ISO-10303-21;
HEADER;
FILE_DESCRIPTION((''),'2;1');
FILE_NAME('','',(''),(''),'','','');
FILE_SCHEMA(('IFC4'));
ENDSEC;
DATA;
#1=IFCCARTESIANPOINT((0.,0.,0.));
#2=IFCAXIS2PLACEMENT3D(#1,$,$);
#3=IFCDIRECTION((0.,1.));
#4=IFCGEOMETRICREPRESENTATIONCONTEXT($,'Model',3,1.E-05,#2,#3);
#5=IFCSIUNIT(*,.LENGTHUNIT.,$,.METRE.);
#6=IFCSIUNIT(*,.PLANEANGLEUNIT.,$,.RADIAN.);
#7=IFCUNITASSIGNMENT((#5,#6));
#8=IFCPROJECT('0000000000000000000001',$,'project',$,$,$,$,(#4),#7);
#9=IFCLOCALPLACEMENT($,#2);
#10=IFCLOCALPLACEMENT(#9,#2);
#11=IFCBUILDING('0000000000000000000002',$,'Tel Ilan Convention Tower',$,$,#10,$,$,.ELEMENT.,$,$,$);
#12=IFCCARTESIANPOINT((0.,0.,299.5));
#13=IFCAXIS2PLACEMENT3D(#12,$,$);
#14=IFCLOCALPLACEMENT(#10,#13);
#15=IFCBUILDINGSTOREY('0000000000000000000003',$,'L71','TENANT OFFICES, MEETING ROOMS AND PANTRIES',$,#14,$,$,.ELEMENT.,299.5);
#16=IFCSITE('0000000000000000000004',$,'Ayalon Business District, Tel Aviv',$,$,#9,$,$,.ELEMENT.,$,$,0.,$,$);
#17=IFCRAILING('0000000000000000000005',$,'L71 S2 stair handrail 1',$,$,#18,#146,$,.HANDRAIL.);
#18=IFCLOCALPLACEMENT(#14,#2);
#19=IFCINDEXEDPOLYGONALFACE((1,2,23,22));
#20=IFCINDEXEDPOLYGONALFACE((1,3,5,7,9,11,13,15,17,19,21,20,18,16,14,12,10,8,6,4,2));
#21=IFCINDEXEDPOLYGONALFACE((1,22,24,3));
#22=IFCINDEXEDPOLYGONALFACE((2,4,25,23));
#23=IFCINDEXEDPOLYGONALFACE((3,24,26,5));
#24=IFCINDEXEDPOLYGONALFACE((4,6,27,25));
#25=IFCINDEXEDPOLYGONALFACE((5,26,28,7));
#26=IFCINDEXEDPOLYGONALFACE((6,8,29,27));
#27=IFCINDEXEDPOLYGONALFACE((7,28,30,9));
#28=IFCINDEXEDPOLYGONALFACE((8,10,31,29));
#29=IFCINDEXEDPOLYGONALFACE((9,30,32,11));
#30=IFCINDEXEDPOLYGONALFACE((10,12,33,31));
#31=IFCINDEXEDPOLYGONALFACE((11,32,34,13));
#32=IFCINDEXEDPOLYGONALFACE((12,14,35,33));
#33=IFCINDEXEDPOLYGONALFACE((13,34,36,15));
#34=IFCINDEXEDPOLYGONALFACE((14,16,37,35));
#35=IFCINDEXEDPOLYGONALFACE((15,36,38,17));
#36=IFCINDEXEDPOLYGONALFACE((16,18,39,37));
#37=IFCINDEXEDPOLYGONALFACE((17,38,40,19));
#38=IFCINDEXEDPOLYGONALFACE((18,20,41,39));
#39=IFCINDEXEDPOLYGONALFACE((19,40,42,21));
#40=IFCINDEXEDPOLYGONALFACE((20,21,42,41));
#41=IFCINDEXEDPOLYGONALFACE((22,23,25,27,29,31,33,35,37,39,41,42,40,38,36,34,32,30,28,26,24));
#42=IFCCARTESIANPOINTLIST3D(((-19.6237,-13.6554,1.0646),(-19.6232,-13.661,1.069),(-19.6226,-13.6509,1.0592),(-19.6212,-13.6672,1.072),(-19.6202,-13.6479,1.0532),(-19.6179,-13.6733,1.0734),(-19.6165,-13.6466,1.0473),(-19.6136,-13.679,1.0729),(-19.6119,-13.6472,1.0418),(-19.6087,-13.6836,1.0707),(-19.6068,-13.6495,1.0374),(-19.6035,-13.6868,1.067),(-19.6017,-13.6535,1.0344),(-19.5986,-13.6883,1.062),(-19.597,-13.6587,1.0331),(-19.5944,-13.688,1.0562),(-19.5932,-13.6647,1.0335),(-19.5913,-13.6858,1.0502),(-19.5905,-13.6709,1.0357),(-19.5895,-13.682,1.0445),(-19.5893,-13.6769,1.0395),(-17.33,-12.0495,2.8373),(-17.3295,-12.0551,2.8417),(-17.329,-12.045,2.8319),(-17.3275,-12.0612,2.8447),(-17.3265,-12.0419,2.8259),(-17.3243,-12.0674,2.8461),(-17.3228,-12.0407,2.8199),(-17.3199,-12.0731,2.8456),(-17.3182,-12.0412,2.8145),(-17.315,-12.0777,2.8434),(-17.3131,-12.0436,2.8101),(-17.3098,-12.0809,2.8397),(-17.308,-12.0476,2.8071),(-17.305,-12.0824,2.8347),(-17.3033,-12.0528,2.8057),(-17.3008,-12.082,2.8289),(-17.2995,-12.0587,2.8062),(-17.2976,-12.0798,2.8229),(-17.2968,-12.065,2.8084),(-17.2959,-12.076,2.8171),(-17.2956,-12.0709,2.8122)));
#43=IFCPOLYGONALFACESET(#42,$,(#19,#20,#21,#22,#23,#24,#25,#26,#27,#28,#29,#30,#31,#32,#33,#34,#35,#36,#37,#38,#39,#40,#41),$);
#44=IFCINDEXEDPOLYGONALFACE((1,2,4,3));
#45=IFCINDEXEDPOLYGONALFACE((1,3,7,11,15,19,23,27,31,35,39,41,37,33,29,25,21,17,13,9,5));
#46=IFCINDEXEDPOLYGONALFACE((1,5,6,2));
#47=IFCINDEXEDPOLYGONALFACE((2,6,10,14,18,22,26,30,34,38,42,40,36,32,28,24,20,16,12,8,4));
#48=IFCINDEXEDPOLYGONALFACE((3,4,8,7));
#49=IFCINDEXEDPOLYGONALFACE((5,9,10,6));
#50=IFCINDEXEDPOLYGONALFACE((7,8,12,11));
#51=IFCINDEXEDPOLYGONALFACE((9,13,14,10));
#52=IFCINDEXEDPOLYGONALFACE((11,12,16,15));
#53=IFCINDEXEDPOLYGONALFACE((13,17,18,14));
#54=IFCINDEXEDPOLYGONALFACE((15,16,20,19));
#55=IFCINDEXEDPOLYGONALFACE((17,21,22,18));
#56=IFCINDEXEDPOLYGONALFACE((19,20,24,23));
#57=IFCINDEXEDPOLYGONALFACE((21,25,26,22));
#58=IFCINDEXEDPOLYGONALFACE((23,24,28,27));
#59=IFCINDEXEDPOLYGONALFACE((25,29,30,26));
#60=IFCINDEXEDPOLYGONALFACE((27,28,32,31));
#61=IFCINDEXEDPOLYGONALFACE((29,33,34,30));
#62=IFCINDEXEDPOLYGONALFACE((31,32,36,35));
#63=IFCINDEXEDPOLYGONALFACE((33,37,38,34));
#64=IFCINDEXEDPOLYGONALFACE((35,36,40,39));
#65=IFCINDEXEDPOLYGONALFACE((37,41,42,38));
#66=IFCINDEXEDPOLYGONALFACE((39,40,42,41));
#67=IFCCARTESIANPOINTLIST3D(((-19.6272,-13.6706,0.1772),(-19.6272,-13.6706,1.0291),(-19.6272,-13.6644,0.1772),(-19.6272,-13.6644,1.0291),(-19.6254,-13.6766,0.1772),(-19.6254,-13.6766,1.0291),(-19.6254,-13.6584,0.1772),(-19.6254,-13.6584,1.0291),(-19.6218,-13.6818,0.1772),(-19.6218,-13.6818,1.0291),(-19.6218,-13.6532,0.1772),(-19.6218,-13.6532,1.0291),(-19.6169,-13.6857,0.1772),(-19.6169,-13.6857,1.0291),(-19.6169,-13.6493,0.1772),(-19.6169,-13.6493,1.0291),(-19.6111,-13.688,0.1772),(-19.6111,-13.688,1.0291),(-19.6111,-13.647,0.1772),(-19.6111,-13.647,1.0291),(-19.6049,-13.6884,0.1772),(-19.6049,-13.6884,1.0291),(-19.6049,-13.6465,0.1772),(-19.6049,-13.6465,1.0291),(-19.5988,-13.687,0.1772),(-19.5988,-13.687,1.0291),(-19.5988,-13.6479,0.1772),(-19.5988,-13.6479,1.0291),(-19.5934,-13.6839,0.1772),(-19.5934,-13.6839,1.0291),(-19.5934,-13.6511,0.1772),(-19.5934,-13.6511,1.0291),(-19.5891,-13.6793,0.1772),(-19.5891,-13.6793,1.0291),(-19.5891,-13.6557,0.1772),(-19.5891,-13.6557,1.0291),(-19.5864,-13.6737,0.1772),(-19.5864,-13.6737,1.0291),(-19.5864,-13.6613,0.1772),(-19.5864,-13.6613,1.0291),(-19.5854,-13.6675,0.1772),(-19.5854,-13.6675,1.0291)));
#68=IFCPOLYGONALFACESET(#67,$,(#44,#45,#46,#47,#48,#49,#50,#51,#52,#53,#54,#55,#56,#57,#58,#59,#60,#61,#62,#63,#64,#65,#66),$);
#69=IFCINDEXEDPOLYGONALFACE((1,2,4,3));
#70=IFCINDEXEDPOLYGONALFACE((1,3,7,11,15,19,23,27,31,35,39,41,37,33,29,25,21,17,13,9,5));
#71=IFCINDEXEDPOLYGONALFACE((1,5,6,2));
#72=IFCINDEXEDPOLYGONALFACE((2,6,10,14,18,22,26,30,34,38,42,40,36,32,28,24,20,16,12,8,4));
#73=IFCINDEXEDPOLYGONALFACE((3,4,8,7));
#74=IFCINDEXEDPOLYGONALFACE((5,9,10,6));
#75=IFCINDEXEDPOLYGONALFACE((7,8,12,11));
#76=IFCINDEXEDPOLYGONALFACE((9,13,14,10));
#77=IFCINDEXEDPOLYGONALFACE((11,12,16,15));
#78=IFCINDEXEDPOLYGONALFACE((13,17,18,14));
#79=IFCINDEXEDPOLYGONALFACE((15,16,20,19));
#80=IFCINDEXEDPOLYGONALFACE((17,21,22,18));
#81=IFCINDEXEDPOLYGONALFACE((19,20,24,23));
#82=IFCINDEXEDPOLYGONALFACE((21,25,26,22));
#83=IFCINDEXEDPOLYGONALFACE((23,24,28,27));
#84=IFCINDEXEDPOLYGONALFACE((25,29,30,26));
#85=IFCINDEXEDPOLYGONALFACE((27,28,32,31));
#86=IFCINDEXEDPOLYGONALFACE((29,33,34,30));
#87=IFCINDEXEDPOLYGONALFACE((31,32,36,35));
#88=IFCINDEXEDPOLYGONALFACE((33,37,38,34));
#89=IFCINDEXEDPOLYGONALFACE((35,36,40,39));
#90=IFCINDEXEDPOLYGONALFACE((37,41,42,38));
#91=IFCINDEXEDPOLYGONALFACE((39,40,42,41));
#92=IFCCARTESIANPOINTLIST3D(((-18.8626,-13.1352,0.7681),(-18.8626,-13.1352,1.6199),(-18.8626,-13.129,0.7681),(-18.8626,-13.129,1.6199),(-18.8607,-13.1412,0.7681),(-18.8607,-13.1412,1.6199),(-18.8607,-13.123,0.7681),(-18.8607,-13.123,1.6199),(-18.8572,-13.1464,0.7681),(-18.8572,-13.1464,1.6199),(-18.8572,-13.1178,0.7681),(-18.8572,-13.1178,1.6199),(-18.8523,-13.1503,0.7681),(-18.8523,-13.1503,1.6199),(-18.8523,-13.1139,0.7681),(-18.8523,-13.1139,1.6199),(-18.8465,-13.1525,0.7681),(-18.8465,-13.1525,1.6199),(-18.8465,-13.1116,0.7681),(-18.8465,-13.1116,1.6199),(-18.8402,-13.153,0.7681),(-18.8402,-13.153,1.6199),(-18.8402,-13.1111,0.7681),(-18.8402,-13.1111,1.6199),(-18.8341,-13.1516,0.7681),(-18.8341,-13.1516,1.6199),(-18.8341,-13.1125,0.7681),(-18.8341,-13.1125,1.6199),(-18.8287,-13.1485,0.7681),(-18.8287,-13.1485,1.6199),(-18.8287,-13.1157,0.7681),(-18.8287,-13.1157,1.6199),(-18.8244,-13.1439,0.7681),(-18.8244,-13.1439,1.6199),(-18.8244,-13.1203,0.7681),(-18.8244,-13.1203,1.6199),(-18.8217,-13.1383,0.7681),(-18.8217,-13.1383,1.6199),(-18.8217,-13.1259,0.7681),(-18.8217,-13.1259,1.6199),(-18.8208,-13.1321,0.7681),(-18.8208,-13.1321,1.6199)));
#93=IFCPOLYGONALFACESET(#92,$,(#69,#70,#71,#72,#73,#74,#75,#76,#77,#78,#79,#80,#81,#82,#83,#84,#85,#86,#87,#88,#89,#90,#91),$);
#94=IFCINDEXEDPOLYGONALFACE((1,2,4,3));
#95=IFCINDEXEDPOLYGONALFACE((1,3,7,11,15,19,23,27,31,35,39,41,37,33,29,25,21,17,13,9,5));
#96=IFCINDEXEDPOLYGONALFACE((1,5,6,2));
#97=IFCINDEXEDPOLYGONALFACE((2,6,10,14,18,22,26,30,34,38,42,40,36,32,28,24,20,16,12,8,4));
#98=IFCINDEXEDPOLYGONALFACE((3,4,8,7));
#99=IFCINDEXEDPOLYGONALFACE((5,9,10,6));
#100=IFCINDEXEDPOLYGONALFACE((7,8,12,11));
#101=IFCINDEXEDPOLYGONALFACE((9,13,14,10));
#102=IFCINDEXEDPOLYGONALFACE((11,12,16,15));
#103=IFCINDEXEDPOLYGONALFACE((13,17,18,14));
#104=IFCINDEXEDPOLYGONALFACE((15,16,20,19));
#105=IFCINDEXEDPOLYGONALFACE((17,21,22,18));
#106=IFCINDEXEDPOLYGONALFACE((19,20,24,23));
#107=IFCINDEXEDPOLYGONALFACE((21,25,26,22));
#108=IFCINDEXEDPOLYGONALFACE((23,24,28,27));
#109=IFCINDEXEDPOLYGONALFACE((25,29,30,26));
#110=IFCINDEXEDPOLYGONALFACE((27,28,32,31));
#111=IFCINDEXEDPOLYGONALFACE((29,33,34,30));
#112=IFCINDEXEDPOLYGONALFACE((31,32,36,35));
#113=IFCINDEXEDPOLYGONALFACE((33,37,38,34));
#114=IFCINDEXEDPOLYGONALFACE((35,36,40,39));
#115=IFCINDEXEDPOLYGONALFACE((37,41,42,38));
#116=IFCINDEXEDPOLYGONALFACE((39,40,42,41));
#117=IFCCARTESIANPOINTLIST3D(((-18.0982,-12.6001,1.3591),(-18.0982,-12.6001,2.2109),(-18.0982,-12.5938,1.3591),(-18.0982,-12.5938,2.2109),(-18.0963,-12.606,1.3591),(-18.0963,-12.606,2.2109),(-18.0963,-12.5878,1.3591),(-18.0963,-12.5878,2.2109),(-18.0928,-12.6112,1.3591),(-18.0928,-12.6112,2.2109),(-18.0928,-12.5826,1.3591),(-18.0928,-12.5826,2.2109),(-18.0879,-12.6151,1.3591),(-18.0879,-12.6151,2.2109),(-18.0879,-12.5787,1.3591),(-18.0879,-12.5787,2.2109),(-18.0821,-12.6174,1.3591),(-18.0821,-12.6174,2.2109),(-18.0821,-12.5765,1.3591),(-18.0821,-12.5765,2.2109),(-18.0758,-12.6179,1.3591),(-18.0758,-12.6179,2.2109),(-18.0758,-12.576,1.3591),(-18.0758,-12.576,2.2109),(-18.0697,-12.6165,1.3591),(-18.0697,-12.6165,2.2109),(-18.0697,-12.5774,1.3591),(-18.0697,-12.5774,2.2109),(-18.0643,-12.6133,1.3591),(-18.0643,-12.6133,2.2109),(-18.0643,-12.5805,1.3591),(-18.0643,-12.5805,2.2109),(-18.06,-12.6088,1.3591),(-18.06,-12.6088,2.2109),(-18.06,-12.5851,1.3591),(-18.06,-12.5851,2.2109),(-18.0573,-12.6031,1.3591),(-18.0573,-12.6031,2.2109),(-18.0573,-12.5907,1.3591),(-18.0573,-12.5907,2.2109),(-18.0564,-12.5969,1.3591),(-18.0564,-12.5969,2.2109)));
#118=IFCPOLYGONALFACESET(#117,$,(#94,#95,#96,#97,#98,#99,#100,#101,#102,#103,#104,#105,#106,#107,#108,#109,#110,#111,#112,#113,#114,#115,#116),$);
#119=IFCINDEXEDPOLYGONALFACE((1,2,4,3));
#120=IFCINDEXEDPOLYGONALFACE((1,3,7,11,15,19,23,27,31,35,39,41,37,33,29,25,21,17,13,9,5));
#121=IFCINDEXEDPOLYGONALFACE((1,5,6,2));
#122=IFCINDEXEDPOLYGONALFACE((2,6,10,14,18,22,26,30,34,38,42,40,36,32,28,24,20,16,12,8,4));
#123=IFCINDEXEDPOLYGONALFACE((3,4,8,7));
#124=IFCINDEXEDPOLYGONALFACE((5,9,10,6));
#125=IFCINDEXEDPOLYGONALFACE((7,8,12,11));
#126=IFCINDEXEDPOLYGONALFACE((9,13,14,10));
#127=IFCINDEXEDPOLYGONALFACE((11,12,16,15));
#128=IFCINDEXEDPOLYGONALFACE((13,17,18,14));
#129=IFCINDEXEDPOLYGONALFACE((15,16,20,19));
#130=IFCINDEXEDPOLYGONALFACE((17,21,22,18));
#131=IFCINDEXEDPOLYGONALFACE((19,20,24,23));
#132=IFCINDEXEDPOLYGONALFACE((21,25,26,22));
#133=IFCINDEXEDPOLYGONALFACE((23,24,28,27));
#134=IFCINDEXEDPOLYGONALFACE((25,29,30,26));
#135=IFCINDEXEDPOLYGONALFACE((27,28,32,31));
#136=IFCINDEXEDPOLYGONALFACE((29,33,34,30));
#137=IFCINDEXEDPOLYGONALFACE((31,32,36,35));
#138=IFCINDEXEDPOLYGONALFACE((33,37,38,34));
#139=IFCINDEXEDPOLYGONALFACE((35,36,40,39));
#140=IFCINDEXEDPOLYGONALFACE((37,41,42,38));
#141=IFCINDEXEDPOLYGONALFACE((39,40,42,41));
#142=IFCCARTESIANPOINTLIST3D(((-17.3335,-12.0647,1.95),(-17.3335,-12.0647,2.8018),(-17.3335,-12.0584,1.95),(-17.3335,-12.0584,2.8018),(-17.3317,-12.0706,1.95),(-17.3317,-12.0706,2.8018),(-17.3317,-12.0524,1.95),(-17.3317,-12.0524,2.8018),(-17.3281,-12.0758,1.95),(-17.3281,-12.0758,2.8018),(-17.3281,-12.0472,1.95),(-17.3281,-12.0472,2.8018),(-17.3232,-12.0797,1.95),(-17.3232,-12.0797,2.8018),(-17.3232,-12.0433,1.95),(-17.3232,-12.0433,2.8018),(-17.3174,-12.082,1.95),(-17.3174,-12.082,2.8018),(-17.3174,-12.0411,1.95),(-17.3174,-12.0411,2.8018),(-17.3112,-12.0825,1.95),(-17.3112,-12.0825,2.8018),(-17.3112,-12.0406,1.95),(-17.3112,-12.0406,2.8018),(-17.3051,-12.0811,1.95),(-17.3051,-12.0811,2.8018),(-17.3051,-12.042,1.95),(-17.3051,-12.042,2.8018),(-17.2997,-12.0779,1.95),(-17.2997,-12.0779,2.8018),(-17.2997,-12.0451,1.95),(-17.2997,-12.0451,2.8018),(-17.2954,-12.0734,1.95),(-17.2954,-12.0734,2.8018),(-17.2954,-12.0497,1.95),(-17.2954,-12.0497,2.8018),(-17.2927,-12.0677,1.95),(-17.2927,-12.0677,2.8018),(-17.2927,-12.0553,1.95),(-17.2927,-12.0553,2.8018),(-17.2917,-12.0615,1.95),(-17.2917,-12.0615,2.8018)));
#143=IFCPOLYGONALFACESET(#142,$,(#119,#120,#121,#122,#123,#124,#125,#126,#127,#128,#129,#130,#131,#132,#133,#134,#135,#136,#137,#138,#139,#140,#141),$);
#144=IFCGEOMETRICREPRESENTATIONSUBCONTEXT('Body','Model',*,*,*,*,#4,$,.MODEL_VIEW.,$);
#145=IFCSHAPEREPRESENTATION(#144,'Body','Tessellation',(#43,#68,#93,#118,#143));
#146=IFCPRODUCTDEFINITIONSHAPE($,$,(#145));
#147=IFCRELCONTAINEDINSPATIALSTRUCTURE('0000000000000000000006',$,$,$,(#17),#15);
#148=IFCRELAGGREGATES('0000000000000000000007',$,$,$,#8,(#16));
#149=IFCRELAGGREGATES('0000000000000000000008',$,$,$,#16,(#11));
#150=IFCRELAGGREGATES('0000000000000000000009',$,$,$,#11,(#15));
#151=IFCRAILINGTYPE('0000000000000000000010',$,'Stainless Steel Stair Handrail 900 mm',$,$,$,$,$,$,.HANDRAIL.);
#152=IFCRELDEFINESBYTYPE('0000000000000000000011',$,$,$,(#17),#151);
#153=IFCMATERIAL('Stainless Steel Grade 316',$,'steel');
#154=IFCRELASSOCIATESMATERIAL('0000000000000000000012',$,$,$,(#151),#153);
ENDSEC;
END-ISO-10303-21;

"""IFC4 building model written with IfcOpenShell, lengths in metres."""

from ifc_helpers import new_model, si_unit, direction, frame, origin, origin_2d, place, context, subcontext, project, spatial, circle, extrude, material, type_object, element, save


model = new_model("IFC4")

# Units and contexts
model_context = context("Model", 3, precision=1e-05, world=origin(), true_north=direction((0.0, 1.0)))
body_context = subcontext(model_context, "Body", "Model", "MODEL_VIEW")
ifc_project = project(units=[si_unit("LENGTHUNIT", "METRE"), si_unit("PLANEANGLEUNIT", "RADIAN")], contexts=[model_context])

# Site, building, storey
site_placement = place(None, origin())
site = spatial("IfcSite", under=ifc_project, at=site_placement, Name="Ayalon Business District, Tel Aviv", CompositionType="ELEMENT", RefElevation=0.0)
building_placement = place(site_placement, origin())
building = spatial("IfcBuilding", under=site, at=building_placement, Name="Tel Ilan Convention Tower", CompositionType="ELEMENT")
storey_placement = place(building_placement, frame((0.0, 0.0, 299.5)))
storey = spatial("IfcBuildingStorey", under=building, at=storey_placement, Name="L71", Description="TENANT OFFICES, MEETING ROOMS AND PANTRIES", CompositionType="ELEMENT", Elevation=299.5)

# Railing
ifc_material_1 = material(Name="Stainless Steel Grade 316", Category="steel")
railing_type = type_object("IfcRailingType", Name="Stainless Steel Stair Handrail 900 mm", PredefinedType="HANDRAIL", material=ifc_material_1)
railing_placement = place(storey_placement, frame((-19.6064, -13.6675, 0.1772)))
element("IfcRailing", 1, at=railing_placement, inside=storey, type_object=railing_type, Name="L71 S2 stair handrail 1", PredefinedType="HANDRAIL", context=body_context, shape_type="SweptSolid", body=[
    extrude(circle(Radius=0.0239, at=origin_2d()), frame((0.0, 0.0, 0.876), z_axis=(0.692123, 0.484597, 0.534913), x_axis=(-0.57355, 0.81917, 0.0)), (0.0, 0.0, 1.0), 3.314),
    extrude(circle(Radius=0.021, at=origin_2d()), origin(), (0.0, 0.0, 1.0), 0.8518),
    extrude(circle(Radius=0.021, at=origin_2d()), frame((0.7646, 0.5354, 0.5908)), (0.0, 0.0, 1.0), 0.8518),
    extrude(circle(Radius=0.021, at=origin_2d()), frame((1.5291, 1.0706, 1.1819)), (0.0, 0.0, 1.0), 0.8518),
    extrude(circle(Radius=0.021, at=origin_2d()), frame((2.2937, 1.606, 1.7727)), (0.0, 0.0, 1.0), 0.8518),
])

save(model, "model.ifc")
